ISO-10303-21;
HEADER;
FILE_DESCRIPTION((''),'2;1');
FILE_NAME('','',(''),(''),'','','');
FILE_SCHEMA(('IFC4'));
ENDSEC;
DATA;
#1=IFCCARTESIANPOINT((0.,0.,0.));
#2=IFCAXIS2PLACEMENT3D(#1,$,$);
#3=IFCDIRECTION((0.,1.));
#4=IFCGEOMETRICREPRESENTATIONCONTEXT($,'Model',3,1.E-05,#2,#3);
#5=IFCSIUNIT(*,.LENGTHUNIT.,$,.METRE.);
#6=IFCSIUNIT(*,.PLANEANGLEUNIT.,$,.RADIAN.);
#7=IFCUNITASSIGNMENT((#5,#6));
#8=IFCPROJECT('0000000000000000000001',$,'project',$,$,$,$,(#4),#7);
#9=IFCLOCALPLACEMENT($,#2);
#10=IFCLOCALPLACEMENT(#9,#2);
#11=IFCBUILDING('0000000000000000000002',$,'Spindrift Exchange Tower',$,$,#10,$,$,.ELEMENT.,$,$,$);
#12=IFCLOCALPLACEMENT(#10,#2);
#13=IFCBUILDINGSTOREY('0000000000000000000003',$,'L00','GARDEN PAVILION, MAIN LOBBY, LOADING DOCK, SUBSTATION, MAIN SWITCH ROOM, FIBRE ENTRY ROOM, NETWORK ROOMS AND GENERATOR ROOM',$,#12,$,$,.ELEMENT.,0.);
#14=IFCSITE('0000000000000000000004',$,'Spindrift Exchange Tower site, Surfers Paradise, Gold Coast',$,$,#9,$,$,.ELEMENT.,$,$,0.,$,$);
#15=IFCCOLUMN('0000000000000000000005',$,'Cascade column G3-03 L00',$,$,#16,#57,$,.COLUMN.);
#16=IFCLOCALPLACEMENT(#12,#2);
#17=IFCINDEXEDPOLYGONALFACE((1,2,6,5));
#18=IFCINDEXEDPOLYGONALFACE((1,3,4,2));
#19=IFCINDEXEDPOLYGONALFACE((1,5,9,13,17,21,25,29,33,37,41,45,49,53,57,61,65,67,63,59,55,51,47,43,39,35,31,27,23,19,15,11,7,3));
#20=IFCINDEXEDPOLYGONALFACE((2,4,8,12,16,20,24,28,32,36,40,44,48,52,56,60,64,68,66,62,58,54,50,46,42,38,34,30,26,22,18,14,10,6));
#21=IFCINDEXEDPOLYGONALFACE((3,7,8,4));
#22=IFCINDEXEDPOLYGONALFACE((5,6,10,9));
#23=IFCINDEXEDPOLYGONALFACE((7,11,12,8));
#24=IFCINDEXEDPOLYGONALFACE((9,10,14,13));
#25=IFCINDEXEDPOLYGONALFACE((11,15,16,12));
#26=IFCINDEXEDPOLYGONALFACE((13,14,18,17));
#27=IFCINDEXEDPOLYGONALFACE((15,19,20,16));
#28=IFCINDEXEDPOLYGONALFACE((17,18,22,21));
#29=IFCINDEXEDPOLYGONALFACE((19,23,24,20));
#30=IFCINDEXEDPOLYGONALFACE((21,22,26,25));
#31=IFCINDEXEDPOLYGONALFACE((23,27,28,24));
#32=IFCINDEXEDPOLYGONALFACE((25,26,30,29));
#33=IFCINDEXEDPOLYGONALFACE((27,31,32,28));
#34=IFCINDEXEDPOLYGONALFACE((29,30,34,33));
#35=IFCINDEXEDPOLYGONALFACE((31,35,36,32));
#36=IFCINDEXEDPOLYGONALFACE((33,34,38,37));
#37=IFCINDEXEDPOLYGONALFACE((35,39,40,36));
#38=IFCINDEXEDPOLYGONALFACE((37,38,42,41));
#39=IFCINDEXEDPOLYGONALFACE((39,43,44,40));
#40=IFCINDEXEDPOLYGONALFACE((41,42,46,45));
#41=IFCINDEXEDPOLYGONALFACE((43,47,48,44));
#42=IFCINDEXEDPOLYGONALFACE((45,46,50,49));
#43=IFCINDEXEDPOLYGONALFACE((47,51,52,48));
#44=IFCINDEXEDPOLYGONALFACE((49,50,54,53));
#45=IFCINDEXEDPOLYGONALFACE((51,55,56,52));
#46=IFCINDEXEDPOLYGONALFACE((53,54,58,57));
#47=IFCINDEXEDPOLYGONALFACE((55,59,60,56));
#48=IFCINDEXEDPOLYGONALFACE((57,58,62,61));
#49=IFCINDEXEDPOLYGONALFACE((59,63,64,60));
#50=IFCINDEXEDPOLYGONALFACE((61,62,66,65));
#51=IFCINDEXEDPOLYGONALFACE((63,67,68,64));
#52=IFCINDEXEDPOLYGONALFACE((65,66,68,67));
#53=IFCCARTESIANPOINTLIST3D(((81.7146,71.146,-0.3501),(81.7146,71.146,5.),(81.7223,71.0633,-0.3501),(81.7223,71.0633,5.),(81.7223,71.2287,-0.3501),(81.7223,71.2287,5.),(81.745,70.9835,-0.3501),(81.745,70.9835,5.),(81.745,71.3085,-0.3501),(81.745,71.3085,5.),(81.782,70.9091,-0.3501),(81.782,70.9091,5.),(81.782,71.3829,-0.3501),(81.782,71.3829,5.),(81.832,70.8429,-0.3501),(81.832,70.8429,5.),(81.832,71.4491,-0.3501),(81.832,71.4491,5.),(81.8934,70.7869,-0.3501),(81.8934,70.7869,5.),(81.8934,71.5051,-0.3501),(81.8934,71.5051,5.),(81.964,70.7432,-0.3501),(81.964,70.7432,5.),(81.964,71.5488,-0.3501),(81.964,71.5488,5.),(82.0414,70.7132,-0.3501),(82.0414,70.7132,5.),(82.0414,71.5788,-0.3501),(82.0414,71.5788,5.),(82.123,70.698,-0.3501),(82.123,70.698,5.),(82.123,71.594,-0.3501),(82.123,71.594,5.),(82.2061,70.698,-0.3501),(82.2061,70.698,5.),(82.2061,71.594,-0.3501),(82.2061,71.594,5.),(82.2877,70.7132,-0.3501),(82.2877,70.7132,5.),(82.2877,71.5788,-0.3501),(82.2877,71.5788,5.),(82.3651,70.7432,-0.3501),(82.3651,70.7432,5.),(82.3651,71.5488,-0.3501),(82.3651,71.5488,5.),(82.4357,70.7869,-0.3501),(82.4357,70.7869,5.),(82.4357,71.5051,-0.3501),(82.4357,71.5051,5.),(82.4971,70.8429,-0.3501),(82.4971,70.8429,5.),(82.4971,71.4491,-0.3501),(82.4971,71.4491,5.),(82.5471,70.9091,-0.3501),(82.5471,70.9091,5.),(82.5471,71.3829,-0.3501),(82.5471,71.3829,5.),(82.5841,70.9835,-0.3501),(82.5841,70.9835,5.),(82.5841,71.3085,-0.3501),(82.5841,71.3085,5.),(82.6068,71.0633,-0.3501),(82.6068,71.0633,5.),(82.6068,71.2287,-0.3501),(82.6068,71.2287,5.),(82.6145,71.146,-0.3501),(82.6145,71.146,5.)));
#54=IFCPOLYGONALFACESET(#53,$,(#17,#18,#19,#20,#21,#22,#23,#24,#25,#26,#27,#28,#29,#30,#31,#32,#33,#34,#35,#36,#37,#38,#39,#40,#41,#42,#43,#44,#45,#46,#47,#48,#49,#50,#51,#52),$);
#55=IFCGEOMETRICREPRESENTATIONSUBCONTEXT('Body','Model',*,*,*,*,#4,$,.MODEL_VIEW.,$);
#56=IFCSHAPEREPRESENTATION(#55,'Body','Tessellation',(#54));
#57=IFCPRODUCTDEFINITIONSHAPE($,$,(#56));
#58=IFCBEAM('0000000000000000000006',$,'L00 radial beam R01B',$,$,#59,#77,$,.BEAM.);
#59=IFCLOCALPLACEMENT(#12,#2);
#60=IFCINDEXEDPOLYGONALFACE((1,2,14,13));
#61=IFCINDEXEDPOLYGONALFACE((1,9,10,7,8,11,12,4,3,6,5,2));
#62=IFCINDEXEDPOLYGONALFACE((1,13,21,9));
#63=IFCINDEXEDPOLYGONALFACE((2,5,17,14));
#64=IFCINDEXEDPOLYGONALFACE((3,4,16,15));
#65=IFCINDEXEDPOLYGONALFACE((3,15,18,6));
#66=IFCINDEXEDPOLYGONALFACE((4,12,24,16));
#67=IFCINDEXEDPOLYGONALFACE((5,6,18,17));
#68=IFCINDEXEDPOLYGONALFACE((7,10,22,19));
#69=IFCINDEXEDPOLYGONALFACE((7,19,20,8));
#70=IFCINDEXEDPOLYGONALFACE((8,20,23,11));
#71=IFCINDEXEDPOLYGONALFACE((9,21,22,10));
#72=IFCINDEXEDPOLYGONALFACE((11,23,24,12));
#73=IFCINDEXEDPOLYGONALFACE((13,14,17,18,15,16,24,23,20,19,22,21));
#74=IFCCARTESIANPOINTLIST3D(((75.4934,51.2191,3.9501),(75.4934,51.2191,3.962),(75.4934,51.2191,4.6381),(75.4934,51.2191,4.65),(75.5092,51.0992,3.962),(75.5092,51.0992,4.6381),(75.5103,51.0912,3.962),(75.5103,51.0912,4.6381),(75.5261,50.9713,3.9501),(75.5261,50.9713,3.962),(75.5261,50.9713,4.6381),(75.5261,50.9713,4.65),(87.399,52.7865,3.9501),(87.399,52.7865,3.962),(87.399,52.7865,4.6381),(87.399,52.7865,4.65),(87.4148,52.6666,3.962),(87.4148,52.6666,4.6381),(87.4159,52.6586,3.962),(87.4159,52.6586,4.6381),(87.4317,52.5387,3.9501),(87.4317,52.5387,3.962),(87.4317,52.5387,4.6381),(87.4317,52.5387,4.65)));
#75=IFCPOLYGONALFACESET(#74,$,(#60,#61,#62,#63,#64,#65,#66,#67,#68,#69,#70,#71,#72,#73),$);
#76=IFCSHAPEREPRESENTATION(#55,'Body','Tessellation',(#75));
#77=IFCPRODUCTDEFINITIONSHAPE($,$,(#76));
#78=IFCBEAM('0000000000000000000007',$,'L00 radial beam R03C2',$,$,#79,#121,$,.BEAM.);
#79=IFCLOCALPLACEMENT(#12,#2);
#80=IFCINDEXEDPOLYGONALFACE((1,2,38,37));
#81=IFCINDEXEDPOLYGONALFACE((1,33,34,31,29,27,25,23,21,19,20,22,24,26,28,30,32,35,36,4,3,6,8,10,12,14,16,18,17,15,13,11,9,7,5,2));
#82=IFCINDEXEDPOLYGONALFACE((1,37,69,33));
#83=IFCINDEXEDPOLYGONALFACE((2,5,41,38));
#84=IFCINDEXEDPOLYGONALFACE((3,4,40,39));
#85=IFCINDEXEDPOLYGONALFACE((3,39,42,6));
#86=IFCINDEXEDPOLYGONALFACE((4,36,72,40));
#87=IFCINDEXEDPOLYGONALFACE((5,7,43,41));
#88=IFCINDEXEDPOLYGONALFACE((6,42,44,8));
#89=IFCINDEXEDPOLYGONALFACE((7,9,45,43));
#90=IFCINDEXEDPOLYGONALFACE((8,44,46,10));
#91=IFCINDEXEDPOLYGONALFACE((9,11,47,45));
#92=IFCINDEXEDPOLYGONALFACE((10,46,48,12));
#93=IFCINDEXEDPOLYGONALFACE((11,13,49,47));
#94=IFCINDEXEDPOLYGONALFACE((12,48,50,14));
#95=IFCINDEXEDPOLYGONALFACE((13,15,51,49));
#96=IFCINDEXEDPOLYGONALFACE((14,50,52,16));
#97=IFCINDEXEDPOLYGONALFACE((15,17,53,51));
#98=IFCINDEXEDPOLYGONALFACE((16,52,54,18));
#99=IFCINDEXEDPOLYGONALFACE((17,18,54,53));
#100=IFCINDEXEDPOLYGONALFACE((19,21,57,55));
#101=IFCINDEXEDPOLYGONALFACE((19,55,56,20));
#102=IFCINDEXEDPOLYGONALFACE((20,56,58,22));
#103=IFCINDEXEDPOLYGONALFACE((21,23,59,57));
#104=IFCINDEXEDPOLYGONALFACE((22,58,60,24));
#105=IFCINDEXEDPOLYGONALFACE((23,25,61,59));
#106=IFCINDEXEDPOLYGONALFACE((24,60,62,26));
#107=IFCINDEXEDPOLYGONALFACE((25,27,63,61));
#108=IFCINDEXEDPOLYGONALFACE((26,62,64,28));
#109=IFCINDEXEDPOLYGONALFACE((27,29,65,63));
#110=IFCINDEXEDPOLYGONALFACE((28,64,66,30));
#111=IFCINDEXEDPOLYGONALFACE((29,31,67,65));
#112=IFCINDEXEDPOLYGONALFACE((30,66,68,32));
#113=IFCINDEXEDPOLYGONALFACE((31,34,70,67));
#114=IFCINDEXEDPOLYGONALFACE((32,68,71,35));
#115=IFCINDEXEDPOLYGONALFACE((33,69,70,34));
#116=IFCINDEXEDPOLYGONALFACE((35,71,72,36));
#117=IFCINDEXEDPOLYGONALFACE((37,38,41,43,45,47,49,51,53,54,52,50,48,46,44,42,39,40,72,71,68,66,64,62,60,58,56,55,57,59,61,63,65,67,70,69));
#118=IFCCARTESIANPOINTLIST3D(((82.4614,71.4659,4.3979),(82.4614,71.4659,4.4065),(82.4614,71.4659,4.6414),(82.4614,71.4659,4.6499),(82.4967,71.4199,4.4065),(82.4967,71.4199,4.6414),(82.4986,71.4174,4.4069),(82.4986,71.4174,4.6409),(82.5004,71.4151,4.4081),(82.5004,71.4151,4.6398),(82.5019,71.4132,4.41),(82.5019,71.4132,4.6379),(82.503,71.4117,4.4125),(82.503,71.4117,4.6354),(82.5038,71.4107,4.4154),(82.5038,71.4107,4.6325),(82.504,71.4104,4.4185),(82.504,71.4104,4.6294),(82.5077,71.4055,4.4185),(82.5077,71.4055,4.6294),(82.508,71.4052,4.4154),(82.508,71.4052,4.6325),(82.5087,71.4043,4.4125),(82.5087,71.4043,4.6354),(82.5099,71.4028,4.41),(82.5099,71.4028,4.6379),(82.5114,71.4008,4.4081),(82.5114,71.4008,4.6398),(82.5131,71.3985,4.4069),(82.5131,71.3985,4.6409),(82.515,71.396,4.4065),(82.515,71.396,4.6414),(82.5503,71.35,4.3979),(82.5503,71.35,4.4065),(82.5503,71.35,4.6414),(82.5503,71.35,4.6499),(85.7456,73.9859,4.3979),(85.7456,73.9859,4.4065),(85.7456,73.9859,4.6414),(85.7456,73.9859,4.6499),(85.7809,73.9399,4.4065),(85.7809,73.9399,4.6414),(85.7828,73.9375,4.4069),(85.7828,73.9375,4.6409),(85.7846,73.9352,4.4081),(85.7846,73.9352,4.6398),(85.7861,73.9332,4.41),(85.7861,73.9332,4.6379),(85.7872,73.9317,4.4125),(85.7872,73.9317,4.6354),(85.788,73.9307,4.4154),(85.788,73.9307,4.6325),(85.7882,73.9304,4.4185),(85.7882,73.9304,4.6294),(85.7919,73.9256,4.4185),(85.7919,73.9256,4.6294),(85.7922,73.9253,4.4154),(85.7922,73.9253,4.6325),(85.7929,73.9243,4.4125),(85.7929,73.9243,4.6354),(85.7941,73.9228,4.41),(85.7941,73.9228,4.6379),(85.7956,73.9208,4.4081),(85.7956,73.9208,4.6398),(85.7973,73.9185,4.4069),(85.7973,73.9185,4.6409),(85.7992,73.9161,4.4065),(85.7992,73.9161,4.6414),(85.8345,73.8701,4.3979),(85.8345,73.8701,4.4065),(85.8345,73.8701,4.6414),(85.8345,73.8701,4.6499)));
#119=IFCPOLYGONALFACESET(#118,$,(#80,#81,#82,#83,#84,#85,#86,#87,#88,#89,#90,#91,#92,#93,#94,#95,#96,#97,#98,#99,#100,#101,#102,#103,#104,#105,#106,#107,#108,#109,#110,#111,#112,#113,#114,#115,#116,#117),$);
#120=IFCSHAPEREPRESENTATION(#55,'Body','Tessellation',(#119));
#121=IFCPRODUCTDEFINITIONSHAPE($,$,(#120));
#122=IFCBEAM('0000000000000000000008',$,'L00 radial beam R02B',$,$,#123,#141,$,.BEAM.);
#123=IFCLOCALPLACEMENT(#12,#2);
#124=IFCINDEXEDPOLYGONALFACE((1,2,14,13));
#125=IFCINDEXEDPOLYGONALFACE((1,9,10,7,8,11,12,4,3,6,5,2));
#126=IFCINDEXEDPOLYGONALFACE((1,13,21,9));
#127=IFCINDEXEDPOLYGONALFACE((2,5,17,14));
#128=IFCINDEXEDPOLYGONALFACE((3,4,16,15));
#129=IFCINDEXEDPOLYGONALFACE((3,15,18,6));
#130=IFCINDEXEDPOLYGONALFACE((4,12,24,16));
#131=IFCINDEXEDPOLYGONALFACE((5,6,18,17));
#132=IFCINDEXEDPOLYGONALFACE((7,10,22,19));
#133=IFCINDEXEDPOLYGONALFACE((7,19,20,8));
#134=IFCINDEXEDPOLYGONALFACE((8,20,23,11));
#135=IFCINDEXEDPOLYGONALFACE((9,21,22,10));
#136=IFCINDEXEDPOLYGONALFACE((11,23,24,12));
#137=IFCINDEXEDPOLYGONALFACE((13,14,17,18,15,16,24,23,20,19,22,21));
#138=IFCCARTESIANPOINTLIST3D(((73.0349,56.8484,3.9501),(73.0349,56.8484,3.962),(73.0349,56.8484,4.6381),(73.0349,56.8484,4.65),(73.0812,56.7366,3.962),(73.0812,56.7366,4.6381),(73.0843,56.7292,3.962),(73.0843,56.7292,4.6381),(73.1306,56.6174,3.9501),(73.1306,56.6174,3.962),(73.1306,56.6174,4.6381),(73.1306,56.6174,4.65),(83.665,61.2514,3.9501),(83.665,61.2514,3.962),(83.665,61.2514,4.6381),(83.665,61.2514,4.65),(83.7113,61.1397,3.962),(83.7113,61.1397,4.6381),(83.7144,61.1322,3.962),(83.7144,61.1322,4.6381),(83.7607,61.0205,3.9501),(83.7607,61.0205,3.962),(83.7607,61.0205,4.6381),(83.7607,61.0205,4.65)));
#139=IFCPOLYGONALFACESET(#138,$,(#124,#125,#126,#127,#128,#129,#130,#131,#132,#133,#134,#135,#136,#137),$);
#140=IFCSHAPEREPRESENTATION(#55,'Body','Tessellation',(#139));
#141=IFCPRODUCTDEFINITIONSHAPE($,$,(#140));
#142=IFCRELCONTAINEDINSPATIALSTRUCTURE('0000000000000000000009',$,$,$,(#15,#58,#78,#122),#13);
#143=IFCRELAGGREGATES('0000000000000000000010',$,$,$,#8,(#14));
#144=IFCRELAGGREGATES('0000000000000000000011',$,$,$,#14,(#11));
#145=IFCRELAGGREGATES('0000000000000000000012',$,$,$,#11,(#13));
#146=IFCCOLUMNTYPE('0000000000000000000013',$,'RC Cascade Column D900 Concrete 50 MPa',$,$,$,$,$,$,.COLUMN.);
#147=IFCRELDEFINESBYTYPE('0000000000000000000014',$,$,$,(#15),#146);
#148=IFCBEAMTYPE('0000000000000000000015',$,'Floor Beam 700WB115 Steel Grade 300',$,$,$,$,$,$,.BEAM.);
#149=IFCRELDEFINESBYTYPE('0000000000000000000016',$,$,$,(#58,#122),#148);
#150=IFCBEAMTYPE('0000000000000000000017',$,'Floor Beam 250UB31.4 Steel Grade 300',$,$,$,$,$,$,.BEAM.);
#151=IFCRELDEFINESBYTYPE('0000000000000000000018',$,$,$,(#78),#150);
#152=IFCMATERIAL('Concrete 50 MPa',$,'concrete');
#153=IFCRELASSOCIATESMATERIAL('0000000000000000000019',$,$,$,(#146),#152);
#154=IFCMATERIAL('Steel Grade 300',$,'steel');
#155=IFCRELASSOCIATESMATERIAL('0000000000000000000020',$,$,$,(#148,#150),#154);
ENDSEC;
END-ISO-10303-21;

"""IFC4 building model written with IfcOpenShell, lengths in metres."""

from ifc_helpers import new_model, si_unit, direction, frame, origin, origin_2d, place, context, subcontext, project, spatial, circle, i_section, extrude, source, transform, mapped, material, material_profile, profile_set, type_object, element, save


model = new_model("IFC4")

# Units and contexts
model_context = context("Model", 3, precision=1e-05, world=origin(), true_north=direction((0.0, 1.0)))
body_context = subcontext(model_context, "Body", "Model", "MODEL_VIEW")
ifc_project = project(units=[si_unit("LENGTHUNIT", "METRE"), si_unit("PLANEANGLEUNIT", "RADIAN")], contexts=[model_context])

# Site, building, storey
site_placement = place(None, origin())
site = spatial("IfcSite", under=ifc_project, at=site_placement, Name="Spindrift Exchange Tower site, Surfers Paradise, Gold Coast", CompositionType="ELEMENT", RefElevation=0.0)
building_placement = place(site_placement, origin())
building = spatial("IfcBuilding", under=site, at=building_placement, Name="Spindrift Exchange Tower", CompositionType="ELEMENT")
storey_placement = place(building_placement, origin())
storey = spatial("IfcBuildingStorey", under=building, at=storey_placement, Name="L00", Description="GARDEN PAVILION, MAIN LOBBY, LOADING DOCK, SUBSTATION, MAIN SWITCH ROOM, FIBRE ENTRY ROOM, NETWORK ROOMS AND GENERATOR ROOM", CompositionType="ELEMENT", Elevation=0.0)

# Shared definitions
ifc_material_1 = material(Name="Concrete 50 MPa", Category="concrete")

# Column
ifc_material_profile_1 = material_profile(ifc_material_1, circle(Radius=0.45, at=origin_2d()), Name="RC D900")
ifc_profile_set_1 = profile_set([ifc_material_profile_1], Name="Concrete 50 MPa")
column_type_1 = type_object("IfcColumnType", Name="RC Cascade Column D900 Concrete 50 MPa", PredefinedType="COLUMN", material=ifc_profile_set_1)
shared_shape_1 = source(origin(), body_context, "Body", "SweptSolid", [
    extrude(circle(Radius=0.45, at=origin_2d()), origin(), (0.0, 0.0, 1.0), 5.3501),
])
column_placement = place(storey_placement, frame((82.1646, 71.146, -0.3501), z_axis=(0.0, 0.0, 1.0), x_axis=(1.0, 0.0, 0.0)))
element("IfcColumn", 1, at=column_placement, inside=storey, type_object=column_type_1, Name="Cascade column G3-03 L00", PredefinedType="COLUMN", context=body_context, shape_type="MappedRepresentation", body=[
    mapped(shared_shape_1, transform((0.0, 0.0, 0.0), scale=1.0)),
])

# Beams
ifc_material_2 = material(Name="Steel Grade 300", Category="steel")
ifc_material_profile_2 = material_profile(ifc_material_2, i_section(OverallWidth=0.25, OverallDepth=0.7, WebThickness=0.0081, FlangeThickness=0.012, at=origin_2d()), Name="700WB115")
ifc_profile_set_2 = profile_set([ifc_material_profile_2], Name="Steel Grade 300")
beam_type_1 = type_object("IfcBeamType", Name="Floor Beam 700WB115 Steel Grade 300", PredefinedType="BEAM", material=ifc_profile_set_2)
shared_shape_2 = source(origin(), body_context, "Body", "SweptSolid", [
    extrude(i_section(OverallWidth=0.25, OverallDepth=0.7, WebThickness=0.0081, FlangeThickness=0.012, at=origin_2d()), origin(), (0.0, 0.0, 1.0), 12.0083),
])
beam_1_placement = place(storey_placement, frame((75.5098, 51.0952, 4.3), z_axis=(0.991445, 0.130526, 0.0), x_axis=(-0.130526, 0.991445, 0.0)))
element("IfcBeam", 2, at=beam_1_placement, inside=storey, type_object=beam_type_1, Name="L00 radial beam R01B", PredefinedType="BEAM", context=body_context, shape_type="MappedRepresentation", body=[
    mapped(shared_shape_2, transform((0.0, 0.0, 0.0), scale=1.0)),
])
ifc_material_profile_3 = material_profile(ifc_material_2, i_section(OverallWidth=0.146, OverallDepth=0.252, WebThickness=0.0061, FlangeThickness=0.0085, FilletRadius=0.012, at=origin_2d()), Name="250UB31.4")
ifc_profile_set_3 = profile_set([ifc_material_profile_3], Name="Steel Grade 300")
beam_type_2 = type_object("IfcBeamType", Name="Floor Beam 250UB31.4 Steel Grade 300", PredefinedType="BEAM", material=ifc_profile_set_3)
shared_shape_3 = source(origin(), body_context, "Body", "SweptSolid", [
    extrude(i_section(OverallWidth=0.146, OverallDepth=0.252, WebThickness=0.0061, FlangeThickness=0.0085, FilletRadius=0.012, at=origin_2d()), origin(), (0.0, 0.0, 1.0), 4.1396),
])
beam_2_placement = place(storey_placement, frame((82.5059, 71.408, 4.5239), z_axis=(0.793356, 0.608758, 0.0), x_axis=(-0.608758, 0.793356, 0.0)))
element("IfcBeam", 3, at=beam_2_placement, inside=storey, type_object=beam_type_2, Name="L00 radial beam R03C2", PredefinedType="BEAM", context=body_context, shape_type="MappedRepresentation", body=[
    mapped(shared_shape_3, transform((0.0, 0.0, 0.0), scale=1.0)),
])
shared_shape_4 = source(origin(), body_context, "Body", "SweptSolid", [
    extrude(i_section(OverallWidth=0.25, OverallDepth=0.7, WebThickness=0.0081, FlangeThickness=0.012, at=origin_2d()), origin(), (0.0, 0.0, 1.0), 11.5059),
])
beam_3_placement = place(storey_placement, frame((73.0828, 56.7329, 4.3), z_axis=(0.923882, 0.382678, 0.0), x_axis=(-0.382678, 0.923882, 0.0)))
element("IfcBeam", 4, at=beam_3_placement, inside=storey, type_object=beam_type_1, Name="L00 radial beam R02B", PredefinedType="BEAM", context=body_context, shape_type="MappedRepresentation", body=[
    mapped(shared_shape_4, transform((0.0, 0.0, 0.0), scale=1.0)),
])

save(model, "model.ifc")
